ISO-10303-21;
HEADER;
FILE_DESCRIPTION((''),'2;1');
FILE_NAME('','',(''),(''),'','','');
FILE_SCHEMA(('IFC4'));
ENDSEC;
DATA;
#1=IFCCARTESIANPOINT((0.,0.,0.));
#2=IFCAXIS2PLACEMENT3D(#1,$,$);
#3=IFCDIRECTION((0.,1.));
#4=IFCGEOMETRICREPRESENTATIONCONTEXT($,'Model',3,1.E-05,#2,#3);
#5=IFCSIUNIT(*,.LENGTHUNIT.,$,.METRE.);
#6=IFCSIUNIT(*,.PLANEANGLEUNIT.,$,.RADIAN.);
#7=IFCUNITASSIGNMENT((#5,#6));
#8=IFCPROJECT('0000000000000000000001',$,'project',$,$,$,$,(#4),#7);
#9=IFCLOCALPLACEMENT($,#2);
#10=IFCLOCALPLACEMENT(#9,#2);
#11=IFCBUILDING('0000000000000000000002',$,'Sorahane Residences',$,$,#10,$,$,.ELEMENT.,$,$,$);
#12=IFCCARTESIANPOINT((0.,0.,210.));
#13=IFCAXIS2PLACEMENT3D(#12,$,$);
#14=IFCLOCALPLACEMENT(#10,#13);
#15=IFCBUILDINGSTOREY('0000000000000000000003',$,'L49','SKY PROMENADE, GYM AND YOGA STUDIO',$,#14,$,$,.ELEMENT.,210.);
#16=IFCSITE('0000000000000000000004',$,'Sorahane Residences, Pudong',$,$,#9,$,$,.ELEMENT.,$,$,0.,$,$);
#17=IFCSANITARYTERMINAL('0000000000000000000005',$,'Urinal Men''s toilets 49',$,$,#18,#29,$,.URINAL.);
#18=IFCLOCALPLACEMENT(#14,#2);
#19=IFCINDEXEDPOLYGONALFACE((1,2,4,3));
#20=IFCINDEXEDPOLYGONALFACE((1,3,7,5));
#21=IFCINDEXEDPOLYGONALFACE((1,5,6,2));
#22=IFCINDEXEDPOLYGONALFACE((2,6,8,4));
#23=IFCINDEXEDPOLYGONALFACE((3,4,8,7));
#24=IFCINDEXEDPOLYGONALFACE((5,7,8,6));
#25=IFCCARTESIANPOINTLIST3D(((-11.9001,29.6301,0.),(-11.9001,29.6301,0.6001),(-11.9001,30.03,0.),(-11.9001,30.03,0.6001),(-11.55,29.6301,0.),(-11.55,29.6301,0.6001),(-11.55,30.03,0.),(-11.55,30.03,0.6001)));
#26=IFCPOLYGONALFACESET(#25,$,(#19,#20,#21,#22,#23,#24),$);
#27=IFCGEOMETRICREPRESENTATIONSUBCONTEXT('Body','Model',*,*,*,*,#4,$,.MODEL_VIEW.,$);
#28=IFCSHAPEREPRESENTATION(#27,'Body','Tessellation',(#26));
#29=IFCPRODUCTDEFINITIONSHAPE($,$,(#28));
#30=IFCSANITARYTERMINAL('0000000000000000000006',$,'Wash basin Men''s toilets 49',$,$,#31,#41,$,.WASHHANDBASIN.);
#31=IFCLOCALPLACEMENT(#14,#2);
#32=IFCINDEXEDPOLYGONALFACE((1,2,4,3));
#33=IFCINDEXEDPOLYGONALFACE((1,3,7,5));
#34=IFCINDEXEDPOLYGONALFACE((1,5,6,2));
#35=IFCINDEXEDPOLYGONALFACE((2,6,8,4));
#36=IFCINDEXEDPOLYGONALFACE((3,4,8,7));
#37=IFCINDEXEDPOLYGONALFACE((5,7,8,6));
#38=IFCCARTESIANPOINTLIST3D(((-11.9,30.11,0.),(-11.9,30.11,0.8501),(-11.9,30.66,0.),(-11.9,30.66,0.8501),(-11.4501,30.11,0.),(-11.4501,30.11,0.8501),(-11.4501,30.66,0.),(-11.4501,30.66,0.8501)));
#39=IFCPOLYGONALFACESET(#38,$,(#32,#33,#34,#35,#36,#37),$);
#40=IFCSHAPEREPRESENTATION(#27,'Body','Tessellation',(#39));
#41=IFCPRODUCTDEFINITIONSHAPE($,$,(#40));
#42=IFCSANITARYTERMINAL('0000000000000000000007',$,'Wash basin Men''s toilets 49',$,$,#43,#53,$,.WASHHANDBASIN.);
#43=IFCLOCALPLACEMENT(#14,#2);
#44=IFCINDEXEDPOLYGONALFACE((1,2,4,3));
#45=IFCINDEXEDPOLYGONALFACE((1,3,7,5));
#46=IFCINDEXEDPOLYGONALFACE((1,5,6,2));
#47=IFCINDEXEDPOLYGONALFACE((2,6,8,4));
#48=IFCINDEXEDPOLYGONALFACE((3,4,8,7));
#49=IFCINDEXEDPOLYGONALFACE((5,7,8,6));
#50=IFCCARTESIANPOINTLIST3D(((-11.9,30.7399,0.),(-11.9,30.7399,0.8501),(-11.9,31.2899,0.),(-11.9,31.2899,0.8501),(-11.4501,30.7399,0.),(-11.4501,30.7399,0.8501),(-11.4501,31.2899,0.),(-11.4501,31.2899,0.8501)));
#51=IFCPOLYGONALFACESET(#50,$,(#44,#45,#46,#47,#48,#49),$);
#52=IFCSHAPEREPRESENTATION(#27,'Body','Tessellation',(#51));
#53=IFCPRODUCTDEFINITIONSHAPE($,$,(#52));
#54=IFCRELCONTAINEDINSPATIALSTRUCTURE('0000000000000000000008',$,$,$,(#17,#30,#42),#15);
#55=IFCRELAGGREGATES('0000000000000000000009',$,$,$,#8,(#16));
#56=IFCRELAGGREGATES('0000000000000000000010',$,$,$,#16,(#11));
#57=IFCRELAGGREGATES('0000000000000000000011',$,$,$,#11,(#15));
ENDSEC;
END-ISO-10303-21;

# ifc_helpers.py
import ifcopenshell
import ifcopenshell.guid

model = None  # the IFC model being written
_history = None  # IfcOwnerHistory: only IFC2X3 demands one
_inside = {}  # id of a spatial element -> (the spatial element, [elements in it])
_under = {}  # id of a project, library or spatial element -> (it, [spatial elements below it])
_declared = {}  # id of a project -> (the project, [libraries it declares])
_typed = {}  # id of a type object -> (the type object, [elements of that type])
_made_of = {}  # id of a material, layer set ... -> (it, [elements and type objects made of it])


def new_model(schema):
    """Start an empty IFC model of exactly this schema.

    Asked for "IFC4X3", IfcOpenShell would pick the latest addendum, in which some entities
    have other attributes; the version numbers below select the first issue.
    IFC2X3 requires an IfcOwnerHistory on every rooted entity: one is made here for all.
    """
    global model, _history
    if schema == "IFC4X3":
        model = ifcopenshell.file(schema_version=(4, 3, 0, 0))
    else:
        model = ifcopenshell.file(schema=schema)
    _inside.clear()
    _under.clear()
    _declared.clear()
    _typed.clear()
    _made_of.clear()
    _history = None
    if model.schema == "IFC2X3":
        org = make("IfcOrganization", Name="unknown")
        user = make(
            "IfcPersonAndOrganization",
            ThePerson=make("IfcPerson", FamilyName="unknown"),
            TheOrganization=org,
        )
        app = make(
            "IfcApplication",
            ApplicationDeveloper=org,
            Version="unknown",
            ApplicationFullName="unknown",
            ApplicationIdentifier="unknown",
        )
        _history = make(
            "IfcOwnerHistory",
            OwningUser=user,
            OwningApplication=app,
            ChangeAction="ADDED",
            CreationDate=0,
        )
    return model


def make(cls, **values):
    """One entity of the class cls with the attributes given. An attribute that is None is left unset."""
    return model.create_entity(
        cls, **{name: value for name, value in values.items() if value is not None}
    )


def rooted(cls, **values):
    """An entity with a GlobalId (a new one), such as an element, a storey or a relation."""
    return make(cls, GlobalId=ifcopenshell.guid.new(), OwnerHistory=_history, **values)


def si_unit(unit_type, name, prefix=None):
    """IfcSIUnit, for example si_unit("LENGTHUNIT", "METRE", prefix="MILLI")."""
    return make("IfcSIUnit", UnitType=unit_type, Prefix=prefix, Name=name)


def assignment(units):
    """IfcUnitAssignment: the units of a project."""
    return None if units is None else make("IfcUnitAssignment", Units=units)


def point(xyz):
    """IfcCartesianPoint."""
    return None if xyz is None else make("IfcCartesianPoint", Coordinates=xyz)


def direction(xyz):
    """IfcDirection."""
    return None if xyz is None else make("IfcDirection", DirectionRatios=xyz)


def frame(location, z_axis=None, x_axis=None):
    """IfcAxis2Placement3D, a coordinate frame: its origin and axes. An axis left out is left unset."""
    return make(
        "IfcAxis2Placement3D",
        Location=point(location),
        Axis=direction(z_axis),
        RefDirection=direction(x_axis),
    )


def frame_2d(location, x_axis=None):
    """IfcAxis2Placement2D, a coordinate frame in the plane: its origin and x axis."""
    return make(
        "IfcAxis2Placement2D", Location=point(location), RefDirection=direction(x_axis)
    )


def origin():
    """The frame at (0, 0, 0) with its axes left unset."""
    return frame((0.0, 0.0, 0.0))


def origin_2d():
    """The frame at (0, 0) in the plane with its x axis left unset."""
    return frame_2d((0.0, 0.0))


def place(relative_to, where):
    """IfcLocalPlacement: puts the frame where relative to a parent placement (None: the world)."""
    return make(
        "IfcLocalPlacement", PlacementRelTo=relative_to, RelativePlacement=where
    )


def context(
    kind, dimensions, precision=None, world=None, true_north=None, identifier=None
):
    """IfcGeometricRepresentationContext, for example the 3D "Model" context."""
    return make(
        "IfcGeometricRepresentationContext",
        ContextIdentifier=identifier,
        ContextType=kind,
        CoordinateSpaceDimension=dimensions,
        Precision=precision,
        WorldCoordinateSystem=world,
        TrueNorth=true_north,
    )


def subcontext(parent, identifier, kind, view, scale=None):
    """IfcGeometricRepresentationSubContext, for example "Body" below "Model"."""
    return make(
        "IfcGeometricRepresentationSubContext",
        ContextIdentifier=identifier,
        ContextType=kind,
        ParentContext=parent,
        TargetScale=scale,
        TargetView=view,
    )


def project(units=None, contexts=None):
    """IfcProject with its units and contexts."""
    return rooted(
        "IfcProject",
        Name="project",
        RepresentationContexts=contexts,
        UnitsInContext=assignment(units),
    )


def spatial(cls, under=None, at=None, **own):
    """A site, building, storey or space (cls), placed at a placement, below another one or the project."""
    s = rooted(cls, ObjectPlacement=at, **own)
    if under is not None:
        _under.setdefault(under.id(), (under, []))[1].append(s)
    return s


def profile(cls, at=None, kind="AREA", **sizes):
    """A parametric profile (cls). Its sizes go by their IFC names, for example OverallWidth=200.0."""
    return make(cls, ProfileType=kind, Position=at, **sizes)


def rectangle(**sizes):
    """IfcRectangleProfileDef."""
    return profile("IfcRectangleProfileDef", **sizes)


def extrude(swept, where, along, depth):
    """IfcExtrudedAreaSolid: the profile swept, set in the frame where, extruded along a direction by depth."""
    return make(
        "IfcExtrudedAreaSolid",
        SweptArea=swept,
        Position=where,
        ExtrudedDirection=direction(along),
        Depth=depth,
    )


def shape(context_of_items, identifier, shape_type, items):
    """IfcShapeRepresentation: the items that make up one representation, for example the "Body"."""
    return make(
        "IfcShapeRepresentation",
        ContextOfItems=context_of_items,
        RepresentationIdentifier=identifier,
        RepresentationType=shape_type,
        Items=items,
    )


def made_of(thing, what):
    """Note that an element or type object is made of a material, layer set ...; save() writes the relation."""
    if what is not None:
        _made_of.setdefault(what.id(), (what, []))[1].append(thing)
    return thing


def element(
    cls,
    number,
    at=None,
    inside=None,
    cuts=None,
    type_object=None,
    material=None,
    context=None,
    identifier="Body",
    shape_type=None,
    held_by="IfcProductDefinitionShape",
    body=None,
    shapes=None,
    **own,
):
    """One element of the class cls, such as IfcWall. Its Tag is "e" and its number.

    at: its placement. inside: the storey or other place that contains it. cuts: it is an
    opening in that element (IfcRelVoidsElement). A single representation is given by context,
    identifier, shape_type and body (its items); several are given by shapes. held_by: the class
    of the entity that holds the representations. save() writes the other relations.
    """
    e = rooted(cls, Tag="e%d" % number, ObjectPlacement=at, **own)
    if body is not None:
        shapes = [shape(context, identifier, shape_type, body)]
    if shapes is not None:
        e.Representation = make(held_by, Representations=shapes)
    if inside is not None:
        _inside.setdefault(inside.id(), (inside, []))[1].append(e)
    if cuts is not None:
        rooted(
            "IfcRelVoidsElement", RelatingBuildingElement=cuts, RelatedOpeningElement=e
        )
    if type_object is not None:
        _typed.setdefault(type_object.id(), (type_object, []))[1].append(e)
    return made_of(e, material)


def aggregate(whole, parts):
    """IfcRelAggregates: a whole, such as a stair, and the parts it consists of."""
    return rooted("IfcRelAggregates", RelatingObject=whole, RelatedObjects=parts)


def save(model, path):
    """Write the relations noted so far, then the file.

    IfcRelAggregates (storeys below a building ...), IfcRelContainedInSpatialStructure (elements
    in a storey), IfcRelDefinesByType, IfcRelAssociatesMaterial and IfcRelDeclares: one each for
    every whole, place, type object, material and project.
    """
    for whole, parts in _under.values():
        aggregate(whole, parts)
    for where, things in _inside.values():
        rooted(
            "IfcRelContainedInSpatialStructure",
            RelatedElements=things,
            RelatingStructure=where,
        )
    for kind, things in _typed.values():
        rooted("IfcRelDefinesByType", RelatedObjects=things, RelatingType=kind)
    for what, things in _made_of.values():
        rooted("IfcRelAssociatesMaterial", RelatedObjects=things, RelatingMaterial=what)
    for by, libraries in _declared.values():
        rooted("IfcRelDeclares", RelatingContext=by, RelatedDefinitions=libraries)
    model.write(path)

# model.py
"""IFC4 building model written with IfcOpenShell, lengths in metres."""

from ifc_helpers import new_model, si_unit, direction, frame, origin, origin_2d, place, context, subcontext, project, spatial, rectangle, extrude, element, save


model = new_model("IFC4")

# Units and contexts
model_context = context("Model", 3, precision=1e-05, world=origin(), true_north=direction((0.0, 1.0)))
body_context = subcontext(model_context, "Body", "Model", "MODEL_VIEW")
ifc_project = project(units=[si_unit("LENGTHUNIT", "METRE"), si_unit("PLANEANGLEUNIT", "RADIAN")], contexts=[model_context])

# Site, building, storey
site_placement = place(None, origin())
site = spatial("IfcSite", under=ifc_project, at=site_placement, Name="Sorahane Residences, Pudong", CompositionType="ELEMENT", RefElevation=0.0)
building_placement = place(site_placement, origin())
building = spatial("IfcBuilding", under=site, at=building_placement, Name="Sorahane Residences", CompositionType="ELEMENT")
storey_placement = place(building_placement, frame((0.0, 0.0, 210.0)))
storey = spatial("IfcBuildingStorey", under=building, at=storey_placement, Name="L49", Description="SKY PROMENADE, GYM AND YOGA STUDIO", CompositionType="ELEMENT", Elevation=210.0)

# Sanitary terminals
for number, where, z_axis, x_axis, name in (
    (1, (-11.7251, 29.8301, 0.0), (0.0, 0.0, 1.0), (0.0, 1.0, 0.0), "Urinal Men's toilets 49"),
):
    element("IfcSanitaryTerminal", number, at=place(storey_placement, frame(where, z_axis=z_axis, x_axis=x_axis)), inside=storey, Name=name, PredefinedType="URINAL", context=body_context, shape_type="SweptSolid", body=[
        extrude(rectangle(XDim=0.3999, YDim=0.3501, at=origin_2d()), origin(), (0.0, 0.0, 1.0), 0.6001),
    ])
for number, where, z_axis, x_axis, name in (
    (2, (-11.675, 30.385, 0.0), (0.0, 0.0, 1.0), (0.0, 1.0, 0.0), "Wash basin Men's toilets 49"),
    (3, (-11.675, 31.0149, 0.0), (0.0, 0.0, 1.0), (0.0, 1.0, 0.0), "Wash basin Men's toilets 49"),
):
    element("IfcSanitaryTerminal", number, at=place(storey_placement, frame(where, z_axis=z_axis, x_axis=x_axis)), inside=storey, Name=name, PredefinedType="WASHHANDBASIN", context=body_context, shape_type="SweptSolid", body=[
        extrude(rectangle(XDim=0.55, YDim=0.45, at=origin_2d()), origin(), (0.0, 0.0, 1.0), 0.8501),
    ])

save(model, "model.ifc")
